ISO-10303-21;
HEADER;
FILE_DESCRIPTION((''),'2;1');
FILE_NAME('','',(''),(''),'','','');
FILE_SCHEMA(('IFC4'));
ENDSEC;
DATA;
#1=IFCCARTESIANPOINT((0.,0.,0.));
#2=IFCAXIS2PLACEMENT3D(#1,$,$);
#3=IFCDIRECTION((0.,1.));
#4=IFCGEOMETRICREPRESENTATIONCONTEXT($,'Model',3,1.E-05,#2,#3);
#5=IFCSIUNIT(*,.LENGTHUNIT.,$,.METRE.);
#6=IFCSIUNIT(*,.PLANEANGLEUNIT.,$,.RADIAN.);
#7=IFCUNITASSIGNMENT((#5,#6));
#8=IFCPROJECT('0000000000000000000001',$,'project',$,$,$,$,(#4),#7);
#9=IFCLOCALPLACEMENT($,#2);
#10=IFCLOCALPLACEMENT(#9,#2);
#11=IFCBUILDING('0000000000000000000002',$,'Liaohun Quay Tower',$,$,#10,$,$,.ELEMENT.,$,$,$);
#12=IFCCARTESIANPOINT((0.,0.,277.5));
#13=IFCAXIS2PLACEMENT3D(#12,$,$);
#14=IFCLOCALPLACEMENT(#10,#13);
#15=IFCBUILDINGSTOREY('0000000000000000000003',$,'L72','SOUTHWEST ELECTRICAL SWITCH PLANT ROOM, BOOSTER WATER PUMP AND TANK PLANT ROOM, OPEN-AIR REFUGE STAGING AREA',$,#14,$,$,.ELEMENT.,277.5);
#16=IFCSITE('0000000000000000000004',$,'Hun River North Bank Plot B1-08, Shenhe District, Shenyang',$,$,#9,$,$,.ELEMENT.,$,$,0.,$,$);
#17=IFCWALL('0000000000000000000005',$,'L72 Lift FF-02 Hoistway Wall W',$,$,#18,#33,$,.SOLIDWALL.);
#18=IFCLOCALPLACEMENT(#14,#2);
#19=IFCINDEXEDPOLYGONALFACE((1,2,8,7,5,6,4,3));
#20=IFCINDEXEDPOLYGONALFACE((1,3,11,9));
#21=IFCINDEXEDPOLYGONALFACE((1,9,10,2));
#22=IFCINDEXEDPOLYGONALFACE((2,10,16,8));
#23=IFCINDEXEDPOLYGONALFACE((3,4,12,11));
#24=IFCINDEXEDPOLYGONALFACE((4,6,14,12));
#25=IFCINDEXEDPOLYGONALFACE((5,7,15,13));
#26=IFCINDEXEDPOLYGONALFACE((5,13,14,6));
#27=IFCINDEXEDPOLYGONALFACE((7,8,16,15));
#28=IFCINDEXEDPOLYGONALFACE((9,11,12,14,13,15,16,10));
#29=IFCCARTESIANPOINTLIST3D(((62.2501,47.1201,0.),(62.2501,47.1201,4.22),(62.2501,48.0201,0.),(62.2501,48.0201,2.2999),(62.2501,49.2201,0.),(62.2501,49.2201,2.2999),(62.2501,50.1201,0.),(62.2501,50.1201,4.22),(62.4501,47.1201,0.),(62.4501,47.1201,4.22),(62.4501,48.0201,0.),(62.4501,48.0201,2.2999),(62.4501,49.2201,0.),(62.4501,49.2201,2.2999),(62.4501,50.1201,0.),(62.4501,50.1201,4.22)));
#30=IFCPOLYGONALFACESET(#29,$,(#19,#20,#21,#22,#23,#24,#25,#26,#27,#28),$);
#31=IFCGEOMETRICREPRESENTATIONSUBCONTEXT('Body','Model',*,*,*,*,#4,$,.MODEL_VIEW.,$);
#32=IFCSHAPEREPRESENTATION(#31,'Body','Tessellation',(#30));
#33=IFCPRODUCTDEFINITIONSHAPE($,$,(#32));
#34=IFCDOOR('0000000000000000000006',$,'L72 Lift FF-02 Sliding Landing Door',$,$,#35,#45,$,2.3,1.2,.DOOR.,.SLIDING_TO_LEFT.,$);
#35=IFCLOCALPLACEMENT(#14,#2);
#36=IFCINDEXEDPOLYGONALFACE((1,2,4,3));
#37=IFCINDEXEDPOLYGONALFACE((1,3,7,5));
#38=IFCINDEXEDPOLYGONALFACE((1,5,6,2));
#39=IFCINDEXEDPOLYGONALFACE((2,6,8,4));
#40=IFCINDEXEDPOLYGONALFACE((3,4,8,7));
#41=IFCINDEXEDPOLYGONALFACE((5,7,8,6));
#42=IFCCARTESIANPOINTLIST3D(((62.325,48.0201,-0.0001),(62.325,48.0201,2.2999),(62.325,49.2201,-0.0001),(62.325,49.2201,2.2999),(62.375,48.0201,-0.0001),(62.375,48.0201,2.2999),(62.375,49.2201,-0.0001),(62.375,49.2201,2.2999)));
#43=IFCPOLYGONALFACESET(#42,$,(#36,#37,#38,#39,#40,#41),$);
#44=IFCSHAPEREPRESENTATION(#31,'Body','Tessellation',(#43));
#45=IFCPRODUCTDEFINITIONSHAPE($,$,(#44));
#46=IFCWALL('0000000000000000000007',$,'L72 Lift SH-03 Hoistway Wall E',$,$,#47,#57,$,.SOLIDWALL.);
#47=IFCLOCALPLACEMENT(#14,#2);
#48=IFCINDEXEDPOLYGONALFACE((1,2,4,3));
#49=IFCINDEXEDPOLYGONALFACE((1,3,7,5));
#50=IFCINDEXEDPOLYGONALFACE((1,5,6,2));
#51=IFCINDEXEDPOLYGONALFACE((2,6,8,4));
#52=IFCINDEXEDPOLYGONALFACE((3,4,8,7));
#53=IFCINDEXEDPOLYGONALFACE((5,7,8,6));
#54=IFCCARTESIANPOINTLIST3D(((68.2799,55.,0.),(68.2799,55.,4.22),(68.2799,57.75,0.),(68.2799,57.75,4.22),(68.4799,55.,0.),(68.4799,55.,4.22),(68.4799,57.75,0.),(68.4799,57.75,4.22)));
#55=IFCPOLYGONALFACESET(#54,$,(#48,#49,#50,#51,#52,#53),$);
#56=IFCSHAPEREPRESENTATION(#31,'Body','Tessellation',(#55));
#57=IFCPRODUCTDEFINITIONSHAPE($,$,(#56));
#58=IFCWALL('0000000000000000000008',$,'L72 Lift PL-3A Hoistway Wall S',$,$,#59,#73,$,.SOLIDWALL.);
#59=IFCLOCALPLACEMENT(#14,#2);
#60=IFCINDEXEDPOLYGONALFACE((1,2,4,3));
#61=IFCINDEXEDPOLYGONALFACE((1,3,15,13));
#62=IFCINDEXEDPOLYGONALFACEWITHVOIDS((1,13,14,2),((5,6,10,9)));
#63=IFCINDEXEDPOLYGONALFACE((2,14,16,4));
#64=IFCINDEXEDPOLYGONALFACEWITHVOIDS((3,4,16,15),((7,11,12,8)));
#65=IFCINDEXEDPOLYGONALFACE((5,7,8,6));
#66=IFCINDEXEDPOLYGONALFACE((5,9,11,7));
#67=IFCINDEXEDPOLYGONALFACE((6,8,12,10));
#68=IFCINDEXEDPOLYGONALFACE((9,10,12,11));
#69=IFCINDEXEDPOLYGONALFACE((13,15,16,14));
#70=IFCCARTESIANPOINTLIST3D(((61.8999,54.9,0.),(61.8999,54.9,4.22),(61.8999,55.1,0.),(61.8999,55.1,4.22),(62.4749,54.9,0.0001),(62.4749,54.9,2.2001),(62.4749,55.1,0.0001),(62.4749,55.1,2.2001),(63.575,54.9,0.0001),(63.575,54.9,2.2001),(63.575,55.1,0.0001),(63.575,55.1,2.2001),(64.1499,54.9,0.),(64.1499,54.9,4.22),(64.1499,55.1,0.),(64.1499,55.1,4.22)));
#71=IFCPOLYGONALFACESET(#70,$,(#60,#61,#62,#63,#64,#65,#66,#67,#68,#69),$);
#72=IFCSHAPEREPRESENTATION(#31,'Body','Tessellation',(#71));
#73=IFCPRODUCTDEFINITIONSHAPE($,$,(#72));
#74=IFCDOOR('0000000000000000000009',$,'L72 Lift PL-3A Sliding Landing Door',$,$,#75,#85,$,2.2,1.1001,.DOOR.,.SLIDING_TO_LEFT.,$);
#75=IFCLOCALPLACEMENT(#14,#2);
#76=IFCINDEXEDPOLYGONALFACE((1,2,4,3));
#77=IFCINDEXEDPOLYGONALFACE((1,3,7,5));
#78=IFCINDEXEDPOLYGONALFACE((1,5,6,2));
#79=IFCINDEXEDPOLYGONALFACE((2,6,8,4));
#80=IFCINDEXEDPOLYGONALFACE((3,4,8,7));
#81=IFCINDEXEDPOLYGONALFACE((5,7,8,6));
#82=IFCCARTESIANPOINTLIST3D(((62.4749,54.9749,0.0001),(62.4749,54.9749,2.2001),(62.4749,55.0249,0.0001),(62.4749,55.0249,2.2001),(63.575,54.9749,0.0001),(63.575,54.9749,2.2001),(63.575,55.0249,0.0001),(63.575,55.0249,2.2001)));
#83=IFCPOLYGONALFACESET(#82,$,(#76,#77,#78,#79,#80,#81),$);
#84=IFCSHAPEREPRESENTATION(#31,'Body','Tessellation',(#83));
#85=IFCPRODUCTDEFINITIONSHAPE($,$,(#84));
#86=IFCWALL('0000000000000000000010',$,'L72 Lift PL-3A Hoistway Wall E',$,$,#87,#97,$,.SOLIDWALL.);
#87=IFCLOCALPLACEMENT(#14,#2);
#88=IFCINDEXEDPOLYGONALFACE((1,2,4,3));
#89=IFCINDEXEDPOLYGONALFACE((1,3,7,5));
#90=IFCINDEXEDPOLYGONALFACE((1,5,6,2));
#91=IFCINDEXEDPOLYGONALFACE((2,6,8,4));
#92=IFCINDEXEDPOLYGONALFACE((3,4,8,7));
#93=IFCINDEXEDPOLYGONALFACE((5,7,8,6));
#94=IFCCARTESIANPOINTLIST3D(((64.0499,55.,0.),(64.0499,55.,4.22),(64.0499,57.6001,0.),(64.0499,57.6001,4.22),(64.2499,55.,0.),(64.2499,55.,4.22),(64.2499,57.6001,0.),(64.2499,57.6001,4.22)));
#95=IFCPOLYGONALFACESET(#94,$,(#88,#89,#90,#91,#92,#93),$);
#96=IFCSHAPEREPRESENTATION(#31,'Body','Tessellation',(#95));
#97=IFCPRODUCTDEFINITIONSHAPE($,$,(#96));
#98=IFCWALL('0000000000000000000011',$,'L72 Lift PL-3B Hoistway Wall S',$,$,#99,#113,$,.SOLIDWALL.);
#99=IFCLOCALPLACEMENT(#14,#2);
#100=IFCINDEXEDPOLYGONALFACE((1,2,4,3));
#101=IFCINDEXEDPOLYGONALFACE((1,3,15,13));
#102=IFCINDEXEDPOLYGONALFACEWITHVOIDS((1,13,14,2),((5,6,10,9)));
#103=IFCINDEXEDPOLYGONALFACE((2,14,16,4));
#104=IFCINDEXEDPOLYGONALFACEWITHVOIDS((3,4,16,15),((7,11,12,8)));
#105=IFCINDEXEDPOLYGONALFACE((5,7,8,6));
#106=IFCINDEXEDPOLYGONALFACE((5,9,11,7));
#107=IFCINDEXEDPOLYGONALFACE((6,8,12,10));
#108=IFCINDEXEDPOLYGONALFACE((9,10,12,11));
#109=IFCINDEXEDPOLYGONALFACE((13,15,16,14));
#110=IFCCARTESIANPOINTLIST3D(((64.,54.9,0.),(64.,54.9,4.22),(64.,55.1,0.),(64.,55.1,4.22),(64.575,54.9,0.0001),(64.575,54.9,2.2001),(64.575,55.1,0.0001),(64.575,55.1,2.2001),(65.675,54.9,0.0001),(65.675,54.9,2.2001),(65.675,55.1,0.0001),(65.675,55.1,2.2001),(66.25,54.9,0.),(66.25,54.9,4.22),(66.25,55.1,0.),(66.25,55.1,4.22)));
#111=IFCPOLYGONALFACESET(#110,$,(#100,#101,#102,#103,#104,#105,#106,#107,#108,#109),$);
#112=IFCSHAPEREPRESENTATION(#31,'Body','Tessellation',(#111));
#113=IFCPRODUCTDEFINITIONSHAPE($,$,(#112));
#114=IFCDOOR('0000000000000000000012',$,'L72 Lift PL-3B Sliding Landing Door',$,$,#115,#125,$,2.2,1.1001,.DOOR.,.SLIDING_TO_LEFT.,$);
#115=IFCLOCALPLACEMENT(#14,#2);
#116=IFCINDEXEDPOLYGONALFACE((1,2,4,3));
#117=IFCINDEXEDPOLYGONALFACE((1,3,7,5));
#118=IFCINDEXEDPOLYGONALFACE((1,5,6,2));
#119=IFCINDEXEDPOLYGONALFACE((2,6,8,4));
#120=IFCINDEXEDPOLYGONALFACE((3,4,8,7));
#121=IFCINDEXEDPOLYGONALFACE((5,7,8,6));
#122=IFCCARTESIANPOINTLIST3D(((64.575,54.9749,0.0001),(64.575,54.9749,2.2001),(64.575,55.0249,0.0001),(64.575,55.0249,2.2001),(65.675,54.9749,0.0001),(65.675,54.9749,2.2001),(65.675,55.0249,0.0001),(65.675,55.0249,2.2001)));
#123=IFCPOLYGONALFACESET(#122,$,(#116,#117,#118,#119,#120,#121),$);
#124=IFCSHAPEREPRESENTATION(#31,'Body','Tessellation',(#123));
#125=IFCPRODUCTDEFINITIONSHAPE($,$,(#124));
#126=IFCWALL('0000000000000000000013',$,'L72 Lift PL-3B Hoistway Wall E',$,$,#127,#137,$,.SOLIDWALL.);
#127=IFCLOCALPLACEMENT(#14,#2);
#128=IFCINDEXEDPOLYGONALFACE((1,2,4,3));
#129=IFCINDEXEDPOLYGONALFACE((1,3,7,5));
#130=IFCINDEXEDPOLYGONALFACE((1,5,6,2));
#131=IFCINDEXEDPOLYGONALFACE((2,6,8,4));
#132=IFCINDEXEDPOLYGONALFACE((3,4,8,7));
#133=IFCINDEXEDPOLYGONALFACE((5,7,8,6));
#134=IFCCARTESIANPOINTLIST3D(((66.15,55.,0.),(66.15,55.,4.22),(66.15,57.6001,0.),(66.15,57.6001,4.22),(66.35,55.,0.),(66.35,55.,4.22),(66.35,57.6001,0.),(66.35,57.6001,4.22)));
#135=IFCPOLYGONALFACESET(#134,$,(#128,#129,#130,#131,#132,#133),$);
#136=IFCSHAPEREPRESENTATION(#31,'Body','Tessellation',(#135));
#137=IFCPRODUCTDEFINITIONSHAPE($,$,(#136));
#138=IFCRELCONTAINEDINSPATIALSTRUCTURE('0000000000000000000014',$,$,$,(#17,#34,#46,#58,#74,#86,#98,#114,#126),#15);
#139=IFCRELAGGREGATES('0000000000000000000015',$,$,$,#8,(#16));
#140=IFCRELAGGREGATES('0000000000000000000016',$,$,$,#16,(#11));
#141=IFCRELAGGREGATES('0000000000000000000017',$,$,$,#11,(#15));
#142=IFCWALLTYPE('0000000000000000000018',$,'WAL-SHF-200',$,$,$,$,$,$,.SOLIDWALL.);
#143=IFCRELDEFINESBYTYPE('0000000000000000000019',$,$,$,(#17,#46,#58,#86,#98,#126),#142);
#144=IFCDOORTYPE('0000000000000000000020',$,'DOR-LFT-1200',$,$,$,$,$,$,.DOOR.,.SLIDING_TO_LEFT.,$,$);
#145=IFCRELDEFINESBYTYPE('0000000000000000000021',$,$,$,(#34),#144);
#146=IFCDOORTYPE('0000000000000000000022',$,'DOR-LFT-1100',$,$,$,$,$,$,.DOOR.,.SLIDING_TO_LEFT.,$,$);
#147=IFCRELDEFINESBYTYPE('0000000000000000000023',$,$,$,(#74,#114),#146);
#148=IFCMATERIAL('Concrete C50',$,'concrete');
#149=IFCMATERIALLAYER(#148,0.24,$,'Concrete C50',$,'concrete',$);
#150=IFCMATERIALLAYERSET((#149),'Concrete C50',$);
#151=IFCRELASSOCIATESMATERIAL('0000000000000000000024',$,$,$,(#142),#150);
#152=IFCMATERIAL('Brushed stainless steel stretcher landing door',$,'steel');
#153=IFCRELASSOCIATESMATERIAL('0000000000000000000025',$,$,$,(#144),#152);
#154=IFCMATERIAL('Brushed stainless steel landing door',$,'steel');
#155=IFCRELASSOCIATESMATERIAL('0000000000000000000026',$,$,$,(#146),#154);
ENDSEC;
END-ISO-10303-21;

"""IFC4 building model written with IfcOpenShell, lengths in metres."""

from ifc_helpers import new_model, si_unit, direction, frame, frame_2d, origin, place, context, subcontext, project, spatial, rectangle, extrude, source, transform, mapped, material, layer, layer_set, type_object, element, fill, save


model = new_model("IFC4")

# Units and contexts
model_context = context("Model", 3, precision=1e-05, world=origin(), true_north=direction((0.0, 1.0)))
body_context = subcontext(model_context, "Body", "Model", "MODEL_VIEW")
ifc_project = project(units=[si_unit("LENGTHUNIT", "METRE"), si_unit("PLANEANGLEUNIT", "RADIAN")], contexts=[model_context])

# Site, building, storey
site_placement = place(None, origin())
site = spatial("IfcSite", under=ifc_project, at=site_placement, Name="Hun River North Bank Plot B1-08, Shenhe District, Shenyang", CompositionType="ELEMENT", RefElevation=0.0)
building_placement = place(site_placement, origin())
building = spatial("IfcBuilding", under=site, at=building_placement, Name="Liaohun Quay Tower", CompositionType="ELEMENT")
storey_placement = place(building_placement, frame((0.0, 0.0, 277.5)))
storey = spatial("IfcBuildingStorey", under=building, at=storey_placement, Name="L72", Description="SOUTHWEST ELECTRICAL SWITCH PLANT ROOM, BOOSTER WATER PUMP AND TANK PLANT ROOM, OPEN-AIR REFUGE STAGING AREA", CompositionType="ELEMENT", Elevation=277.5)

# Shared definitions
ifc_material_1 = material(Name="Concrete C50", Category="concrete")
ifc_layer_1 = layer(ifc_material_1, 0.24, Name="Concrete C50", Category="concrete")
ifc_layer_set_1 = layer_set([ifc_layer_1], Name="Concrete C50")
wall_type_1 = type_object("IfcWallType", Name="WAL-SHF-200", PredefinedType="SOLIDWALL", material=ifc_layer_set_1)

# Wall, opening, door
wall_1_placement = place(storey_placement, frame((62.3501, 50.1201, 0.0), z_axis=(0.0, 0.0, 1.0), x_axis=(0.0, -1.0, 0.0)))
wall_1 = element("IfcWall", 1, at=wall_1_placement, inside=storey, type_object=wall_type_1, Name="L72 Lift FF-02 Hoistway Wall W", PredefinedType="SOLIDWALL", context=body_context, shape_type="SweptSolid", body=[
    extrude(rectangle(XDim=3.0, YDim=0.2, at=frame_2d((1.5, 0.0))), origin(), (0.0, 0.0, 1.0), 4.22),
])
shared_shape_1 = source(origin(), body_context, "Body", "SweptSolid", [
    extrude(rectangle(XDim=1.2, YDim=2.3, at=frame_2d((0.6001, 1.1499))), frame((0.0, 0.1099, 0.0), z_axis=(0.0, -1.0, 0.0), x_axis=(1.0, 0.0, 0.0)), (0.0, 0.0, 1.0), 0.22),
])
opening_1_placement = place(wall_1_placement, frame((0.8999, 0.0, 0.0)))
opening_1 = element("IfcOpeningElement", 2, at=opening_1_placement, cuts=wall_1, PredefinedType="OPENING", context=body_context, shape_type="MappedRepresentation", body=[
    mapped(shared_shape_1, transform((0.0, 0.0, 0.0), x_axis=(1.0, 0.0, 0.0), y_axis=(0.0, 1.0, 0.0), z_axis=(0.0, 0.0, 1.0), scale=1.0)),
])
ifc_material_2 = material(Name="Brushed stainless steel stretcher landing door", Category="steel")
door_type_1 = type_object("IfcDoorType", Name="DOR-LFT-1200", OperationType="SLIDING_TO_LEFT", PredefinedType="DOOR", material=ifc_material_2)
shared_shape_2 = source(origin(), body_context, "Body", "SweptSolid", [
    extrude(rectangle(XDim=1.2, YDim=2.3, at=frame_2d((0.6001, 1.1499))), frame((0.0, 0.0249, 0.0), z_axis=(0.0, -1.0, 0.0), x_axis=(1.0, 0.0, 0.0)), (0.0, 0.0, 1.0), 0.05),
])
door_1_placement = place(opening_1_placement, origin())
door_1 = element("IfcDoor", 3, at=door_1_placement, inside=storey, type_object=door_type_1, Name="L72 Lift FF-02 Sliding Landing Door", OperationType="SLIDING_TO_LEFT", OverallHeight=2.3, OverallWidth=1.2, PredefinedType="DOOR", context=body_context, shape_type="MappedRepresentation", body=[
    mapped(shared_shape_2, transform((0.0, 0.0, 0.0), x_axis=(1.0, 0.0, 0.0), y_axis=(0.0, 1.0, 0.0), z_axis=(0.0, 0.0, 1.0), scale=1.0)),
])
fill(opening_1, door_1)

# Wall
wall_2_placement = place(storey_placement, frame((68.3799, 55.0, 0.0), z_axis=(0.0, 0.0, 1.0), x_axis=(0.0, 1.0, 0.0)))
element("IfcWall", 4, at=wall_2_placement, inside=storey, type_object=wall_type_1, Name="L72 Lift SH-03 Hoistway Wall E", PredefinedType="SOLIDWALL", context=body_context, shape_type="SweptSolid", body=[
    extrude(rectangle(XDim=2.75, YDim=0.2, at=frame_2d((1.375, 0.0))), origin(), (0.0, 0.0, 1.0), 4.22),
])

# Wall, opening, door
wall_3_placement = place(storey_placement, frame((61.8999, 55.0, 0.0), z_axis=(0.0, 0.0, 1.0), x_axis=(1.0, 0.0, 0.0)))
wall_3 = element("IfcWall", 5, at=wall_3_placement, inside=storey, type_object=wall_type_1, Name="L72 Lift PL-3A Hoistway Wall S", PredefinedType="SOLIDWALL", context=body_context, shape_type="SweptSolid", body=[
    extrude(rectangle(XDim=2.25, YDim=0.2, at=frame_2d((1.125, 0.0))), origin(), (0.0, 0.0, 1.0), 4.22),
])
shared_shape_3 = source(origin(), body_context, "Body", "SweptSolid", [
    extrude(rectangle(XDim=1.1001, YDim=2.2, at=frame_2d((0.55, 1.1001))), frame((0.0, 0.1099, 0.0), z_axis=(0.0, -1.0, 0.0), x_axis=(1.0, 0.0, 0.0)), (0.0, 0.0, 1.0), 0.22),
])
opening_2_placement = place(wall_3_placement, frame((0.575, 0.0, 0.0)))
opening_2 = element("IfcOpeningElement", 6, at=opening_2_placement, cuts=wall_3, PredefinedType="OPENING", context=body_context, shape_type="MappedRepresentation", body=[
    mapped(shared_shape_3, transform((0.0, 0.0, 0.0), x_axis=(1.0, 0.0, 0.0), y_axis=(0.0, 1.0, 0.0), z_axis=(0.0, 0.0, 1.0), scale=1.0)),
])
ifc_material_3 = material(Name="Brushed stainless steel landing door", Category="steel")
door_type_2 = type_object("IfcDoorType", Name="DOR-LFT-1100", OperationType="SLIDING_TO_LEFT", PredefinedType="DOOR", material=ifc_material_3)
shared_shape_4 = source(origin(), body_context, "Body", "SweptSolid", [
    extrude(rectangle(XDim=1.1001, YDim=2.2, at=frame_2d((0.55, 1.1001))), frame((0.0, 0.0249, 0.0), z_axis=(0.0, -1.0, 0.0), x_axis=(1.0, 0.0, 0.0)), (0.0, 0.0, 1.0), 0.05),
])
door_2_placement = place(opening_2_placement, origin())
door_2 = element("IfcDoor", 7, at=door_2_placement, inside=storey, type_object=door_type_2, Name="L72 Lift PL-3A Sliding Landing Door", OperationType="SLIDING_TO_LEFT", OverallHeight=2.2, OverallWidth=1.1001, PredefinedType="DOOR", context=body_context, shape_type="MappedRepresentation", body=[
    mapped(shared_shape_4, transform((0.0, 0.0, 0.0), x_axis=(1.0, 0.0, 0.0), y_axis=(0.0, 1.0, 0.0), z_axis=(0.0, 0.0, 1.0), scale=1.0)),
])
fill(opening_2, door_2)

# Wall
wall_4_placement = place(storey_placement, frame((64.1499, 55.0, 0.0), z_axis=(0.0, 0.0, 1.0), x_axis=(0.0, 1.0, 0.0)))
element("IfcWall", 8, at=wall_4_placement, inside=storey, type_object=wall_type_1, Name="L72 Lift PL-3A Hoistway Wall E", PredefinedType="SOLIDWALL", context=body_context, shape_type="SweptSolid", body=[
    extrude(rectangle(XDim=2.6001, YDim=0.2, at=frame_2d((1.3, 0.0))), origin(), (0.0, 0.0, 1.0), 4.22),
])

# Wall, opening, door
wall_5_placement = place(storey_placement, frame((64.0, 55.0, 0.0), z_axis=(0.0, 0.0, 1.0), x_axis=(1.0, 0.0, 0.0)))
wall_5 = element("IfcWall", 9, at=wall_5_placement, inside=storey, type_object=wall_type_1, Name="L72 Lift PL-3B Hoistway Wall S", PredefinedType="SOLIDWALL", context=body_context, shape_type="SweptSolid", body=[
    extrude(rectangle(XDim=2.25, YDim=0.2, at=frame_2d((1.125, 0.0))), origin(), (0.0, 0.0, 1.0), 4.22),
])
opening_3_placement = place(wall_5_placement, frame((0.575, 0.0, 0.0)))
opening_3 = element("IfcOpeningElement", 10, at=opening_3_placement, cuts=wall_5, PredefinedType="OPENING", context=body_context, shape_type="MappedRepresentation", body=[
    mapped(shared_shape_3, transform((0.0, 0.0, 0.0), x_axis=(1.0, 0.0, 0.0), y_axis=(0.0, 1.0, 0.0), z_axis=(0.0, 0.0, 1.0), scale=1.0)),
])
door_3_placement = place(opening_3_placement, origin())
door_3 = element("IfcDoor", 11, at=door_3_placement, inside=storey, type_object=door_type_2, Name="L72 Lift PL-3B Sliding Landing Door", OperationType="SLIDING_TO_LEFT", OverallHeight=2.2, OverallWidth=1.1001, PredefinedType="DOOR", context=body_context, shape_type="MappedRepresentation", body=[
    mapped(shared_shape_4, transform((0.0, 0.0, 0.0), x_axis=(1.0, 0.0, 0.0), y_axis=(0.0, 1.0, 0.0), z_axis=(0.0, 0.0, 1.0), scale=1.0)),
])
fill(opening_3, door_3)

# Wall
wall_6_placement = place(storey_placement, frame((66.25, 55.0, 0.0), z_axis=(0.0, 0.0, 1.0), x_axis=(0.0, 1.0, 0.0)))
element("IfcWall", 12, at=wall_6_placement, inside=storey, type_object=wall_type_1, Name="L72 Lift PL-3B Hoistway Wall E", PredefinedType="SOLIDWALL", context=body_context, shape_type="SweptSolid", body=[
    extrude(rectangle(XDim=2.6001, YDim=0.2, at=frame_2d((1.3, 0.0))), origin(), (0.0, 0.0, 1.0), 4.22),
])

save(model, "model.ifc")
